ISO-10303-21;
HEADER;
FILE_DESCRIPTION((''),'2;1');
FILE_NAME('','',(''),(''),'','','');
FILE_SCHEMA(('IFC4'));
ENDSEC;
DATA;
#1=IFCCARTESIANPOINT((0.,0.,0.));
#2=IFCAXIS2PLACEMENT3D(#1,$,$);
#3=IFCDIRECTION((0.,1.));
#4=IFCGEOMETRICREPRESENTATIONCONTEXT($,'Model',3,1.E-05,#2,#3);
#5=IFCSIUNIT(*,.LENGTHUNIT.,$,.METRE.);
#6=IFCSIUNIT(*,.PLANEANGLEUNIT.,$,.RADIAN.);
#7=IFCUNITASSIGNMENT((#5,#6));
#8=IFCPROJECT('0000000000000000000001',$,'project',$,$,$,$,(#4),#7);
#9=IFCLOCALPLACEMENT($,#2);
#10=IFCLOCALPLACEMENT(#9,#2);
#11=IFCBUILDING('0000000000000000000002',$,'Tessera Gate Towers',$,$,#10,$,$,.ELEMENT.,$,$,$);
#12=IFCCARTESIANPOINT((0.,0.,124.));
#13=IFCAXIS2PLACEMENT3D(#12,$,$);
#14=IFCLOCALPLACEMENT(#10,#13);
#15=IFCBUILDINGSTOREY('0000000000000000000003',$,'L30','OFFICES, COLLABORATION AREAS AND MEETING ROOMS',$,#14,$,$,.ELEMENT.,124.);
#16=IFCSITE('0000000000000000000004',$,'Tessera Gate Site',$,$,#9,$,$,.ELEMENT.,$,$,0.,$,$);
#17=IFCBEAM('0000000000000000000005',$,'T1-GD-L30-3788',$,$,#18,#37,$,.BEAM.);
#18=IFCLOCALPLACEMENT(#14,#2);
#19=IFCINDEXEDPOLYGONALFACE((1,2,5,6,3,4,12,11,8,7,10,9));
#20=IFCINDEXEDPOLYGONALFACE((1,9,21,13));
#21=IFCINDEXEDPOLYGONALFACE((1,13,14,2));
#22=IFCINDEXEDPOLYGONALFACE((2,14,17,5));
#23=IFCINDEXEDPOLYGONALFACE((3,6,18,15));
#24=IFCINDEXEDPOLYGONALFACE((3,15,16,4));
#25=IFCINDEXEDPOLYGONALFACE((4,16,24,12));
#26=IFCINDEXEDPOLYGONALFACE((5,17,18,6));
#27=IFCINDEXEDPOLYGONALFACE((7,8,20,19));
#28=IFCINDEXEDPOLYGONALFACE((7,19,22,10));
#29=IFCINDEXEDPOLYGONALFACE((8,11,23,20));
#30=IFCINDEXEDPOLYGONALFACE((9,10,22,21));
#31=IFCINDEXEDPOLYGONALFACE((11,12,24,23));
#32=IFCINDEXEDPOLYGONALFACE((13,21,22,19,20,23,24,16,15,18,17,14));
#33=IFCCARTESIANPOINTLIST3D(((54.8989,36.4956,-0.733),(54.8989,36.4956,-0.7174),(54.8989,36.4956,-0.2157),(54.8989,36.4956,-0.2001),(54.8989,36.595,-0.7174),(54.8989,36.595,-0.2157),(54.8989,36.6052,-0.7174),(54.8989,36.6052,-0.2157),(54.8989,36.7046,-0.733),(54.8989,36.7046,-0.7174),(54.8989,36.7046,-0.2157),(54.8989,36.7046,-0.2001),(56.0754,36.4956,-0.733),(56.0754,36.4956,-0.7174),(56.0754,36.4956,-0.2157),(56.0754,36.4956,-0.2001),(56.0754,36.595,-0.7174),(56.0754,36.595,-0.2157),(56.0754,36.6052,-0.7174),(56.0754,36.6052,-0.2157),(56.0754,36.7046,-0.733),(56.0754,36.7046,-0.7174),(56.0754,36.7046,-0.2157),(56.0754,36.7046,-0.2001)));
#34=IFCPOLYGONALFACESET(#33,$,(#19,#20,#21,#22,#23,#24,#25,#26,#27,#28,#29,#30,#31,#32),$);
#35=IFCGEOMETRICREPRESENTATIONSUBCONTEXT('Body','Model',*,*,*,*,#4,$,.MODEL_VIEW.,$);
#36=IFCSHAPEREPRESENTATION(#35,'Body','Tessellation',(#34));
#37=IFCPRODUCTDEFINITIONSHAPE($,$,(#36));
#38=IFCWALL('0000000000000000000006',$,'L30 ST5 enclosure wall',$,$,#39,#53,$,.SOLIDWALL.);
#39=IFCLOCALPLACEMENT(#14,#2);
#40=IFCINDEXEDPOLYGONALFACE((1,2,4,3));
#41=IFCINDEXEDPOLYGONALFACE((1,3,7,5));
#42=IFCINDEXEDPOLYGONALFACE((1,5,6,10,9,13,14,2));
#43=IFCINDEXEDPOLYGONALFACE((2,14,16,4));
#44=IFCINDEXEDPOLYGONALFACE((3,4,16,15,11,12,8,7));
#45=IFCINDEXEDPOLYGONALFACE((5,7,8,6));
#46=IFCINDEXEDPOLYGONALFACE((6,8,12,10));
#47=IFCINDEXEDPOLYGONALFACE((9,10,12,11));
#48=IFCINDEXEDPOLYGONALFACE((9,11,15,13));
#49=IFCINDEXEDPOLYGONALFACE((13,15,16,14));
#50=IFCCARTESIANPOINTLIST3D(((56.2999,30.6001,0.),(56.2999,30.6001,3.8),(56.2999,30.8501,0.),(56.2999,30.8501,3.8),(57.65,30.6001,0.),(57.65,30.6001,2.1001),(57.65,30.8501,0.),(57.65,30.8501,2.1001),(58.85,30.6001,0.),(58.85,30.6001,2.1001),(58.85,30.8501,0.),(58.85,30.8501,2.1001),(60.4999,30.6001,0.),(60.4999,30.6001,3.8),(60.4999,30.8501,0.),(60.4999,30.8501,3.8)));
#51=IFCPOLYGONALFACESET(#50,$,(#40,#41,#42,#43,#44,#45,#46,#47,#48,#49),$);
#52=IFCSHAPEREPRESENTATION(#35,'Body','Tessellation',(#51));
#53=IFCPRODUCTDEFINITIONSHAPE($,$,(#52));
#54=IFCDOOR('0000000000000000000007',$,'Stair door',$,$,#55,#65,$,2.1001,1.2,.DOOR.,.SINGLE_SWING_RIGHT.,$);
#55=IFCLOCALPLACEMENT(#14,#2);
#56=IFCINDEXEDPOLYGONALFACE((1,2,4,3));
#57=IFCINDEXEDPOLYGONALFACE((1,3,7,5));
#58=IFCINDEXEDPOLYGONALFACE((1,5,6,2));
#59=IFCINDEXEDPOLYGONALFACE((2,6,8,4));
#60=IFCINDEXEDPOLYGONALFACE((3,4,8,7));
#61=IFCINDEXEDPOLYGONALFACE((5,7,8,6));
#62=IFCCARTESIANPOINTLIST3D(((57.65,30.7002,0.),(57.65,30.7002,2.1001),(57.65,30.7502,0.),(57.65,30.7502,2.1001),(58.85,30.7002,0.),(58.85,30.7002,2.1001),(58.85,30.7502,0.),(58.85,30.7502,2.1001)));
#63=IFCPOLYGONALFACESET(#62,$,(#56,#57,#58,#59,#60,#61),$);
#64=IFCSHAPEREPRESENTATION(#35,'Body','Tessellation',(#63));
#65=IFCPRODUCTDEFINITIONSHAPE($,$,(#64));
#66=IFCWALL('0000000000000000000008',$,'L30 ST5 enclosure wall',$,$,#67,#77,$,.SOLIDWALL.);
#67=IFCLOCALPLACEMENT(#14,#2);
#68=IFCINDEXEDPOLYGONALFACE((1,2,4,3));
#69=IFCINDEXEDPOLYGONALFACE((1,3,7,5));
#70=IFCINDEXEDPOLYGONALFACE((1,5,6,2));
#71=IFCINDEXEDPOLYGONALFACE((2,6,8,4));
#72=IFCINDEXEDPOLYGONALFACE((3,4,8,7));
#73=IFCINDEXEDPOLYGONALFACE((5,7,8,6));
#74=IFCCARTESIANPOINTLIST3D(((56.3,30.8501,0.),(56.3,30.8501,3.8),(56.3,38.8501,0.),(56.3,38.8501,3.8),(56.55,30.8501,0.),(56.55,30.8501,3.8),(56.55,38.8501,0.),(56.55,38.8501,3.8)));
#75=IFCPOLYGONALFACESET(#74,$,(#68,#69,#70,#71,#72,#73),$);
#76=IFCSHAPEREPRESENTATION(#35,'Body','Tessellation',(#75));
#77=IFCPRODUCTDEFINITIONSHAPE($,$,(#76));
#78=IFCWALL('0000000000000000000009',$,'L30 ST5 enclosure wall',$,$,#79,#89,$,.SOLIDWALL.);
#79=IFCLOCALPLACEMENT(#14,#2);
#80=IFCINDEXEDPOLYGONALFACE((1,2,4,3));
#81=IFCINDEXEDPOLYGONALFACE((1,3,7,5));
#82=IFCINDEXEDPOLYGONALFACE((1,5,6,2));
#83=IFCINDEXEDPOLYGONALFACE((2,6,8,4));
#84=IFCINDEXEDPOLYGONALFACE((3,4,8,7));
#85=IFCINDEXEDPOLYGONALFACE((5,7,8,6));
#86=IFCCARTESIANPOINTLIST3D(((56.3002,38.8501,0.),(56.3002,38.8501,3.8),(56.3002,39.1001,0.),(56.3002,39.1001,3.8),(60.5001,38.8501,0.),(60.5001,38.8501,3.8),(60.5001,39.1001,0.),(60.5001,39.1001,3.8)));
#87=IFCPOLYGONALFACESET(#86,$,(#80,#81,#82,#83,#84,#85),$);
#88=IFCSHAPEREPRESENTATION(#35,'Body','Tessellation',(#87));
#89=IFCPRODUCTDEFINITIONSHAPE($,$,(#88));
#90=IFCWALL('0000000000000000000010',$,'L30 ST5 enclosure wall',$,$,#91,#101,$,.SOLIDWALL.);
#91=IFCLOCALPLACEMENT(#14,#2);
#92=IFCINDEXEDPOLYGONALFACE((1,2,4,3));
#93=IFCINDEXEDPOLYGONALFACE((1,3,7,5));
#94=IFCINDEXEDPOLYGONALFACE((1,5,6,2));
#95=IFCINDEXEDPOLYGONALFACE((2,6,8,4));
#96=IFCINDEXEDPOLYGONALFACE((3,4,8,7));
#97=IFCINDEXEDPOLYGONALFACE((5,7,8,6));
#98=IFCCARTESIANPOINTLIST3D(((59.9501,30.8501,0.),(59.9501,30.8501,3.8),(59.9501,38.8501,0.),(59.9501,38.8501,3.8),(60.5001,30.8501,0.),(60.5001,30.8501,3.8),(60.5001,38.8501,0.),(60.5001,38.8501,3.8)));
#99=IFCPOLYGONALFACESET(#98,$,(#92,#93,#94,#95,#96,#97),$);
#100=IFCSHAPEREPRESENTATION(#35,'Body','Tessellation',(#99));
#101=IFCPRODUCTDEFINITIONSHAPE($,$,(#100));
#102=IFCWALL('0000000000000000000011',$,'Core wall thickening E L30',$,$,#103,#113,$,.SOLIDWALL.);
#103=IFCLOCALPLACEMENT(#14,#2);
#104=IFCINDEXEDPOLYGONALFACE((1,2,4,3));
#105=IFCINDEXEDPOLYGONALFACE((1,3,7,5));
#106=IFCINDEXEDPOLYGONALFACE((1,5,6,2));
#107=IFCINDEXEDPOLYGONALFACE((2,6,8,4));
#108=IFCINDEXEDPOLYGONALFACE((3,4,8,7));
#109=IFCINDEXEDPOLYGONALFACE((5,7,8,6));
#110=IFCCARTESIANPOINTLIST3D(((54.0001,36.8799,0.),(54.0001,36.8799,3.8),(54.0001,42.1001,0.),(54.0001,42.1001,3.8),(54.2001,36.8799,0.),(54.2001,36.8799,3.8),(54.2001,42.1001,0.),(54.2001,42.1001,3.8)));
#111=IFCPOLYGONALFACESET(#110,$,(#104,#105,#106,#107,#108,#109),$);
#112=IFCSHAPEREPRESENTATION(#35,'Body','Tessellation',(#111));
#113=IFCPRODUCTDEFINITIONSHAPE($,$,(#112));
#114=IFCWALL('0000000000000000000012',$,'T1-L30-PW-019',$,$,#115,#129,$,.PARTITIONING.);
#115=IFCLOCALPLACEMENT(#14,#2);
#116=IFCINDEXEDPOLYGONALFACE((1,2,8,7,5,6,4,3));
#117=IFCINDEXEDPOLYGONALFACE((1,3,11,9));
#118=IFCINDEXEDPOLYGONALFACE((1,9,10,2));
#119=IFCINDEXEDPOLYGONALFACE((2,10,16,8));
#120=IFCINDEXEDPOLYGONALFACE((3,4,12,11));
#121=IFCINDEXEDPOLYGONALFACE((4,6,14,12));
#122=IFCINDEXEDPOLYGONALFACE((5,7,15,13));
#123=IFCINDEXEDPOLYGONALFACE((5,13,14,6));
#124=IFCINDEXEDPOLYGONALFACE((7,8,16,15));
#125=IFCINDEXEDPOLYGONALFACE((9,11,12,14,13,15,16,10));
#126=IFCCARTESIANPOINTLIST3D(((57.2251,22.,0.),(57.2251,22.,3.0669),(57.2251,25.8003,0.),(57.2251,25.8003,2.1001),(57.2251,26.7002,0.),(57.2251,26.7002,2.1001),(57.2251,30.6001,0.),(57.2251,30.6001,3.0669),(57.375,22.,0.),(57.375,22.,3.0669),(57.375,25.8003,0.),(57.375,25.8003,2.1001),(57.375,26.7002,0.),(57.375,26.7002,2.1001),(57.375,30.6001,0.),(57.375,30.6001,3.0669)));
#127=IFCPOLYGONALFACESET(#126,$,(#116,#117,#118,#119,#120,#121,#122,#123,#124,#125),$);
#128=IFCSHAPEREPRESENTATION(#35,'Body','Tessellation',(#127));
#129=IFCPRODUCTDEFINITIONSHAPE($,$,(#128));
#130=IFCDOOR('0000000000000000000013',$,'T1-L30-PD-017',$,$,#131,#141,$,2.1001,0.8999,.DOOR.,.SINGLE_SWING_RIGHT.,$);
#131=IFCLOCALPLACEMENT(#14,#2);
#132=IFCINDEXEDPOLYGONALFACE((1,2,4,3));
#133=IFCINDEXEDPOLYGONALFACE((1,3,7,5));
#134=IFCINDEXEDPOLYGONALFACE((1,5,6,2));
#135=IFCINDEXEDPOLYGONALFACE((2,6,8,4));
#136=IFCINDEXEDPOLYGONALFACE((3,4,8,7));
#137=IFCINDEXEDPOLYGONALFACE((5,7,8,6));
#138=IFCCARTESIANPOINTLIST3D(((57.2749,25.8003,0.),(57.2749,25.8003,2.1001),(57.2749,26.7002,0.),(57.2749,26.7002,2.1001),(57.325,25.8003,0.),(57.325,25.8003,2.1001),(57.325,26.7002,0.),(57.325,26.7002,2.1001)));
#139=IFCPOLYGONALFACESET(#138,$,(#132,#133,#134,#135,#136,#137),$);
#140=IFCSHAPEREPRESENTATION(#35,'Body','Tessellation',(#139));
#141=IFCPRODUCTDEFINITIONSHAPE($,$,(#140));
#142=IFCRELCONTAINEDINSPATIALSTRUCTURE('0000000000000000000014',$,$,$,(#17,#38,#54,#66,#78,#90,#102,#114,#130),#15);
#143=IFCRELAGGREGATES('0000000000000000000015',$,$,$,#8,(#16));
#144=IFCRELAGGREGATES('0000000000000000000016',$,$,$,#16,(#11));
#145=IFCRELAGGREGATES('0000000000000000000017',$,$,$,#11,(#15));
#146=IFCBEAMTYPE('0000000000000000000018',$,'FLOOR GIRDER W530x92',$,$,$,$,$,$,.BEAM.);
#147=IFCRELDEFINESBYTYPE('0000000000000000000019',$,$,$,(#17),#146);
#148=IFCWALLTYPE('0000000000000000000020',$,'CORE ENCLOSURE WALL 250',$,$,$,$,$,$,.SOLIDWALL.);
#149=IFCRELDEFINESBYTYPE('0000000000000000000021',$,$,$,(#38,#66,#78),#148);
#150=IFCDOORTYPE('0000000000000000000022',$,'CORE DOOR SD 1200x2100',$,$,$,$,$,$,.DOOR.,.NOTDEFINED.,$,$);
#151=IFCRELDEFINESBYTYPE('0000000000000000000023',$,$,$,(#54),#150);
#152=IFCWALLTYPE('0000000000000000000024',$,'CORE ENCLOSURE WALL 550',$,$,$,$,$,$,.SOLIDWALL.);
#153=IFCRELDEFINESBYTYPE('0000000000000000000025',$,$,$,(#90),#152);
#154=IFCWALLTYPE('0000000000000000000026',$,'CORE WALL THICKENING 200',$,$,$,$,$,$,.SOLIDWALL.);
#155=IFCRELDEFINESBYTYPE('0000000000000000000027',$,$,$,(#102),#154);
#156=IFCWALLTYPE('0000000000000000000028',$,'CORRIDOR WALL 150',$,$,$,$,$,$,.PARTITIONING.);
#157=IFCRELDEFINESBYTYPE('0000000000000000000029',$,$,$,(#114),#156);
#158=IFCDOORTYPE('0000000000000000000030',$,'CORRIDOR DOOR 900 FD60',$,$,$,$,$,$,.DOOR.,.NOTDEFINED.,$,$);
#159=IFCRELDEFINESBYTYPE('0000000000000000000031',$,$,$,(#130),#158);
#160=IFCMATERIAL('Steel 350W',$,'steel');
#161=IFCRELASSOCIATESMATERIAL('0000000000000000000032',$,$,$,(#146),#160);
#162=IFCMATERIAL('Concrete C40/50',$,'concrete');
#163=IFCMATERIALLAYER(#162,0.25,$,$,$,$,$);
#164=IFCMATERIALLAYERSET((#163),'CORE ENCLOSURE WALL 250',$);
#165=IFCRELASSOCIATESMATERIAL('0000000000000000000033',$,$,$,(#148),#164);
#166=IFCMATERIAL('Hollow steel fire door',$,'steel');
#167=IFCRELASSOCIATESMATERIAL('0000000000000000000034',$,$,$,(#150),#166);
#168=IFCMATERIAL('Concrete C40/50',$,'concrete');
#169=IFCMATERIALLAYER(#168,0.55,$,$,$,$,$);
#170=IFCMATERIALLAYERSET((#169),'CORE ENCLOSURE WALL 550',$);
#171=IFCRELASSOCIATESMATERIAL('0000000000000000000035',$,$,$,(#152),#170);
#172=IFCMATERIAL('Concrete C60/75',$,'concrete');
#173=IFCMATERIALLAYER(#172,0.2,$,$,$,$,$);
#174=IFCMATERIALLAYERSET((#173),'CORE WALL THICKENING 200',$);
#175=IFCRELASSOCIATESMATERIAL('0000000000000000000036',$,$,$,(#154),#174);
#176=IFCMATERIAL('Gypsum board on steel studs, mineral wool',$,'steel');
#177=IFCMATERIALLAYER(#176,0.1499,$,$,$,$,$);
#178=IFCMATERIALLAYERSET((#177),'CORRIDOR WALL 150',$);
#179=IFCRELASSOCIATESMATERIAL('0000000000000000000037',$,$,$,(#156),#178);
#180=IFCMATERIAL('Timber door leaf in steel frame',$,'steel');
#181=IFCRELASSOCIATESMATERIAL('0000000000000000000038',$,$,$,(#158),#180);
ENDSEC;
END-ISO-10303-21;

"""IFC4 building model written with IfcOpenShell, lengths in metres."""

from ifc_helpers import new_model, si_unit, direction, frame, frame_2d, origin, origin_2d, place, context, subcontext, project, spatial, rectangle, i_section, extrude, source, transform, mapped, material, layer, layer_set, material_profile, profile_set, type_object, element, fill, save


model = new_model("IFC4")

# Units and contexts
model_context = context("Model", 3, precision=1e-05, world=origin(), true_north=direction((0.0, 1.0)))
body_context = subcontext(model_context, "Body", "Model", "MODEL_VIEW")
ifc_project = project(units=[si_unit("LENGTHUNIT", "METRE"), si_unit("PLANEANGLEUNIT", "RADIAN")], contexts=[model_context])

# Site, building, storey
site_placement = place(None, origin())
site = spatial("IfcSite", under=ifc_project, at=site_placement, Name="Tessera Gate Site", CompositionType="ELEMENT", RefElevation=0.0)
building_placement = place(site_placement, origin())
building = spatial("IfcBuilding", under=site, at=building_placement, Name="Tessera Gate Towers", CompositionType="ELEMENT")
storey_placement = place(building_placement, frame((0.0, 0.0, 124.0)))
storey = spatial("IfcBuildingStorey", under=building, at=storey_placement, Name="L30", Description="OFFICES, COLLABORATION AREAS AND MEETING ROOMS", CompositionType="ELEMENT", Elevation=124.0)

# Beam
ifc_material_1 = material(Name="Steel 350W", Category="steel")
ifc_material_profile = material_profile(ifc_material_1, i_section(OverallWidth=0.209, OverallDepth=0.533, WebThickness=0.0103, FlangeThickness=0.0156, at=origin_2d()), Name="W530x92")
ifc_profile_set = profile_set([ifc_material_profile], Name="Steel 350W")
beam_type = type_object("IfcBeamType", Name="FLOOR GIRDER W530x92", PredefinedType="BEAM", material=ifc_profile_set)
beam_placement = place(storey_placement, frame((54.8989, 36.6001, -0.4666), z_axis=(1.0, 0.0, 0.0), x_axis=(0.0, 1.0, 0.0)))
element("IfcBeam", 1, at=beam_placement, inside=storey, type_object=beam_type, Name="T1-GD-L30-3788", PredefinedType="BEAM", context=body_context, shape_type="SweptSolid", body=[
    extrude(i_section(OverallWidth=0.209, OverallDepth=0.533, WebThickness=0.0103, FlangeThickness=0.0156, at=origin_2d()), origin(), (0.0, 0.0, 1.0), 1.1765),
])

# Wall, opening, door
ifc_material_2 = material(Name="Concrete C40/50", Category="concrete")
ifc_layer_1 = layer(ifc_material_2, 0.25)
ifc_layer_set_1 = layer_set([ifc_layer_1], Name="CORE ENCLOSURE WALL 250")
wall_type_1 = type_object("IfcWallType", Name="CORE ENCLOSURE WALL 250", PredefinedType="SOLIDWALL", material=ifc_layer_set_1)
wall_1_placement = place(storey_placement, frame((60.5, 30.7251, 0.0), z_axis=(0.0, 0.0, 1.0), x_axis=(-1.0, 0.0, 0.0)))
wall_1 = element("IfcWall", 2, at=wall_1_placement, inside=storey, type_object=wall_type_1, Name="L30 ST5 enclosure wall", PredefinedType="SOLIDWALL", context=body_context, shape_type="SweptSolid", body=[
    extrude(rectangle(XDim=4.2, YDim=0.25, at=frame_2d((2.1001, 0.0))), origin(), (0.0, 0.0, 1.0), 3.8),
])
shared_shape_1 = source(origin(), body_context, "Body", "SweptSolid", [
    extrude(rectangle(XDim=1.2, YDim=2.1001, at=frame_2d((0.6001, 1.05))), frame((0.0, 0.135, 0.0), z_axis=(0.0, -1.0, 0.0), x_axis=(1.0, 0.0, 0.0)), (0.0, 0.0, 1.0), 0.27),
])
opening_1_placement = place(wall_1_placement, frame((1.6499, 0.0, 0.0)))
opening_1 = element("IfcOpeningElement", 3, at=opening_1_placement, cuts=wall_1, PredefinedType="OPENING", context=body_context, shape_type="MappedRepresentation", body=[
    mapped(shared_shape_1, transform((0.0, 0.0, 0.0), scale=1.0)),
])
ifc_material_3 = material(Name="Hollow steel fire door", Category="steel")
door_type_1 = type_object("IfcDoorType", Name="CORE DOOR SD 1200x2100", OperationType="NOTDEFINED", PredefinedType="DOOR", material=ifc_material_3)
shared_shape_2 = source(origin(), body_context, "Body", "SweptSolid", [
    extrude(rectangle(XDim=1.2, YDim=2.1001, at=frame_2d((0.6001, 1.05))), frame((0.0, 0.0249, 0.0), z_axis=(0.0, -1.0, 0.0), x_axis=(1.0, 0.0, 0.0)), (0.0, 0.0, 1.0), 0.05),
])
door_1_placement = place(opening_1_placement, origin())
door_1 = element("IfcDoor", 4, at=door_1_placement, inside=storey, type_object=door_type_1, Name="Stair door", OperationType="SINGLE_SWING_RIGHT", OverallHeight=2.1001, OverallWidth=1.2, PredefinedType="DOOR", context=body_context, shape_type="MappedRepresentation", body=[
    mapped(shared_shape_2, transform((0.0, 0.0, 0.0), scale=1.0)),
])
fill(opening_1, door_1)

# Walls
wall_2_placement = place(storey_placement, frame((56.425, 30.8501, 0.0), z_axis=(0.0, 0.0, 1.0), x_axis=(0.0, 1.0, 0.0)))
element("IfcWall", 5, at=wall_2_placement, inside=storey, type_object=wall_type_1, Name="L30 ST5 enclosure wall", PredefinedType="SOLIDWALL", context=body_context, shape_type="SweptSolid", body=[
    extrude(rectangle(XDim=8.0, YDim=0.25, at=frame_2d((4.0, 0.0))), origin(), (0.0, 0.0, 1.0), 3.8),
])
wall_3_placement = place(storey_placement, frame((56.3, 38.9751, 0.0), z_axis=(0.0, 0.0, 1.0), x_axis=(1.0, 0.0, 0.0)))
element("IfcWall", 6, at=wall_3_placement, inside=storey, type_object=wall_type_1, Name="L30 ST5 enclosure wall", PredefinedType="SOLIDWALL", context=body_context, shape_type="SweptSolid", body=[
    extrude(rectangle(XDim=4.2, YDim=0.25, at=frame_2d((2.1001, 0.0))), origin(), (0.0, 0.0, 1.0), 3.8),
])
ifc_material_4 = material(Name="Concrete C40/50", Category="concrete")
ifc_layer_2 = layer(ifc_material_4, 0.55)
ifc_layer_set_2 = layer_set([ifc_layer_2], Name="CORE ENCLOSURE WALL 550")
wall_type_2 = type_object("IfcWallType", Name="CORE ENCLOSURE WALL 550", PredefinedType="SOLIDWALL", material=ifc_layer_set_2)
wall_4_placement = place(storey_placement, frame((60.2251, 38.8501, 0.0), z_axis=(0.0, 0.0, 1.0), x_axis=(0.0, -1.0, 0.0)))
element("IfcWall", 7, at=wall_4_placement, inside=storey, type_object=wall_type_2, Name="L30 ST5 enclosure wall", PredefinedType="SOLIDWALL", context=body_context, shape_type="SweptSolid", body=[
    extrude(rectangle(XDim=8.0, YDim=0.55, at=frame_2d((4.0, 0.0))), origin(), (0.0, 0.0, 1.0), 3.8),
])
ifc_material_5 = material(Name="Concrete C60/75", Category="concrete")
ifc_layer_3 = layer(ifc_material_5, 0.2)
ifc_layer_set_3 = layer_set([ifc_layer_3], Name="CORE WALL THICKENING 200")
wall_type_3 = type_object("IfcWallType", Name="CORE WALL THICKENING 200", PredefinedType="SOLIDWALL", material=ifc_layer_set_3)
wall_5_placement = place(storey_placement, frame((54.1001, 36.8799, 0.0), z_axis=(0.0, 0.0, 1.0), x_axis=(0.0, 1.0, 0.0)))
element("IfcWall", 8, at=wall_5_placement, inside=storey, type_object=wall_type_3, Name="Core wall thickening E L30", PredefinedType="SOLIDWALL", context=body_context, shape_type="SweptSolid", body=[
    extrude(rectangle(XDim=5.2202, YDim=0.2, at=frame_2d((2.6101, 0.0))), origin(), (0.0, 0.0, 1.0), 3.8),
])

# Wall, opening, door
ifc_material_6 = material(Name="Gypsum board on steel studs, mineral wool", Category="steel")
ifc_layer_4 = layer(ifc_material_6, 0.1499)
ifc_layer_set_4 = layer_set([ifc_layer_4], Name="CORRIDOR WALL 150")
wall_type_4 = type_object("IfcWallType", Name="CORRIDOR WALL 150", PredefinedType="PARTITIONING", material=ifc_layer_set_4)
wall_6_placement = place(storey_placement, frame((57.3, 30.6001, 0.0), z_axis=(0.0, 0.0, 1.0), x_axis=(0.0, -1.0, 0.0)))
wall_6 = element("IfcWall", 9, at=wall_6_placement, inside=storey, type_object=wall_type_4, Name="T1-L30-PW-019", PredefinedType="PARTITIONING", context=body_context, shape_type="SweptSolid", body=[
    extrude(rectangle(XDim=8.6001, YDim=0.1499, at=frame_2d((4.3, 0.0))), origin(), (0.0, 0.0, 1.0), 3.0669),
])
shared_shape_3 = source(origin(), body_context, "Body", "SweptSolid", [
    extrude(rectangle(XDim=0.8999, YDim=2.1001, at=frame_2d((0.45, 1.05))), frame((0.0, 0.085, 0.0), z_axis=(0.0, -1.0, 0.0), x_axis=(1.0, 0.0, 0.0)), (0.0, 0.0, 1.0), 0.1699),
])
opening_2_placement = place(wall_6_placement, frame((3.8999, 0.0, 0.0)))
opening_2 = element("IfcOpeningElement", 10, at=opening_2_placement, cuts=wall_6, PredefinedType="OPENING", context=body_context, shape_type="MappedRepresentation", body=[
    mapped(shared_shape_3, transform((0.0, 0.0, 0.0), scale=1.0)),
])
ifc_material_7 = material(Name="Timber door leaf in steel frame", Category="steel")
door_type_2 = type_object("IfcDoorType", Name="CORRIDOR DOOR 900 FD60", OperationType="NOTDEFINED", PredefinedType="DOOR", material=ifc_material_7)
shared_shape_4 = source(origin(), body_context, "Body", "SweptSolid", [
    extrude(rectangle(XDim=0.8999, YDim=2.1001, at=frame_2d((0.45, 1.05))), frame((0.0, 0.0249, 0.0), z_axis=(0.0, -1.0, 0.0), x_axis=(1.0, 0.0, 0.0)), (0.0, 0.0, 1.0), 0.05),
])
door_2_placement = place(opening_2_placement, origin())
door_2 = element("IfcDoor", 11, at=door_2_placement, inside=storey, type_object=door_type_2, Name="T1-L30-PD-017", OperationType="SINGLE_SWING_RIGHT", OverallHeight=2.1001, OverallWidth=0.8999, PredefinedType="DOOR", context=body_context, shape_type="MappedRepresentation", body=[
    mapped(shared_shape_4, transform((0.0, 0.0, 0.0), scale=1.0)),
])
fill(opening_2, door_2)

save(model, "model.ifc")
